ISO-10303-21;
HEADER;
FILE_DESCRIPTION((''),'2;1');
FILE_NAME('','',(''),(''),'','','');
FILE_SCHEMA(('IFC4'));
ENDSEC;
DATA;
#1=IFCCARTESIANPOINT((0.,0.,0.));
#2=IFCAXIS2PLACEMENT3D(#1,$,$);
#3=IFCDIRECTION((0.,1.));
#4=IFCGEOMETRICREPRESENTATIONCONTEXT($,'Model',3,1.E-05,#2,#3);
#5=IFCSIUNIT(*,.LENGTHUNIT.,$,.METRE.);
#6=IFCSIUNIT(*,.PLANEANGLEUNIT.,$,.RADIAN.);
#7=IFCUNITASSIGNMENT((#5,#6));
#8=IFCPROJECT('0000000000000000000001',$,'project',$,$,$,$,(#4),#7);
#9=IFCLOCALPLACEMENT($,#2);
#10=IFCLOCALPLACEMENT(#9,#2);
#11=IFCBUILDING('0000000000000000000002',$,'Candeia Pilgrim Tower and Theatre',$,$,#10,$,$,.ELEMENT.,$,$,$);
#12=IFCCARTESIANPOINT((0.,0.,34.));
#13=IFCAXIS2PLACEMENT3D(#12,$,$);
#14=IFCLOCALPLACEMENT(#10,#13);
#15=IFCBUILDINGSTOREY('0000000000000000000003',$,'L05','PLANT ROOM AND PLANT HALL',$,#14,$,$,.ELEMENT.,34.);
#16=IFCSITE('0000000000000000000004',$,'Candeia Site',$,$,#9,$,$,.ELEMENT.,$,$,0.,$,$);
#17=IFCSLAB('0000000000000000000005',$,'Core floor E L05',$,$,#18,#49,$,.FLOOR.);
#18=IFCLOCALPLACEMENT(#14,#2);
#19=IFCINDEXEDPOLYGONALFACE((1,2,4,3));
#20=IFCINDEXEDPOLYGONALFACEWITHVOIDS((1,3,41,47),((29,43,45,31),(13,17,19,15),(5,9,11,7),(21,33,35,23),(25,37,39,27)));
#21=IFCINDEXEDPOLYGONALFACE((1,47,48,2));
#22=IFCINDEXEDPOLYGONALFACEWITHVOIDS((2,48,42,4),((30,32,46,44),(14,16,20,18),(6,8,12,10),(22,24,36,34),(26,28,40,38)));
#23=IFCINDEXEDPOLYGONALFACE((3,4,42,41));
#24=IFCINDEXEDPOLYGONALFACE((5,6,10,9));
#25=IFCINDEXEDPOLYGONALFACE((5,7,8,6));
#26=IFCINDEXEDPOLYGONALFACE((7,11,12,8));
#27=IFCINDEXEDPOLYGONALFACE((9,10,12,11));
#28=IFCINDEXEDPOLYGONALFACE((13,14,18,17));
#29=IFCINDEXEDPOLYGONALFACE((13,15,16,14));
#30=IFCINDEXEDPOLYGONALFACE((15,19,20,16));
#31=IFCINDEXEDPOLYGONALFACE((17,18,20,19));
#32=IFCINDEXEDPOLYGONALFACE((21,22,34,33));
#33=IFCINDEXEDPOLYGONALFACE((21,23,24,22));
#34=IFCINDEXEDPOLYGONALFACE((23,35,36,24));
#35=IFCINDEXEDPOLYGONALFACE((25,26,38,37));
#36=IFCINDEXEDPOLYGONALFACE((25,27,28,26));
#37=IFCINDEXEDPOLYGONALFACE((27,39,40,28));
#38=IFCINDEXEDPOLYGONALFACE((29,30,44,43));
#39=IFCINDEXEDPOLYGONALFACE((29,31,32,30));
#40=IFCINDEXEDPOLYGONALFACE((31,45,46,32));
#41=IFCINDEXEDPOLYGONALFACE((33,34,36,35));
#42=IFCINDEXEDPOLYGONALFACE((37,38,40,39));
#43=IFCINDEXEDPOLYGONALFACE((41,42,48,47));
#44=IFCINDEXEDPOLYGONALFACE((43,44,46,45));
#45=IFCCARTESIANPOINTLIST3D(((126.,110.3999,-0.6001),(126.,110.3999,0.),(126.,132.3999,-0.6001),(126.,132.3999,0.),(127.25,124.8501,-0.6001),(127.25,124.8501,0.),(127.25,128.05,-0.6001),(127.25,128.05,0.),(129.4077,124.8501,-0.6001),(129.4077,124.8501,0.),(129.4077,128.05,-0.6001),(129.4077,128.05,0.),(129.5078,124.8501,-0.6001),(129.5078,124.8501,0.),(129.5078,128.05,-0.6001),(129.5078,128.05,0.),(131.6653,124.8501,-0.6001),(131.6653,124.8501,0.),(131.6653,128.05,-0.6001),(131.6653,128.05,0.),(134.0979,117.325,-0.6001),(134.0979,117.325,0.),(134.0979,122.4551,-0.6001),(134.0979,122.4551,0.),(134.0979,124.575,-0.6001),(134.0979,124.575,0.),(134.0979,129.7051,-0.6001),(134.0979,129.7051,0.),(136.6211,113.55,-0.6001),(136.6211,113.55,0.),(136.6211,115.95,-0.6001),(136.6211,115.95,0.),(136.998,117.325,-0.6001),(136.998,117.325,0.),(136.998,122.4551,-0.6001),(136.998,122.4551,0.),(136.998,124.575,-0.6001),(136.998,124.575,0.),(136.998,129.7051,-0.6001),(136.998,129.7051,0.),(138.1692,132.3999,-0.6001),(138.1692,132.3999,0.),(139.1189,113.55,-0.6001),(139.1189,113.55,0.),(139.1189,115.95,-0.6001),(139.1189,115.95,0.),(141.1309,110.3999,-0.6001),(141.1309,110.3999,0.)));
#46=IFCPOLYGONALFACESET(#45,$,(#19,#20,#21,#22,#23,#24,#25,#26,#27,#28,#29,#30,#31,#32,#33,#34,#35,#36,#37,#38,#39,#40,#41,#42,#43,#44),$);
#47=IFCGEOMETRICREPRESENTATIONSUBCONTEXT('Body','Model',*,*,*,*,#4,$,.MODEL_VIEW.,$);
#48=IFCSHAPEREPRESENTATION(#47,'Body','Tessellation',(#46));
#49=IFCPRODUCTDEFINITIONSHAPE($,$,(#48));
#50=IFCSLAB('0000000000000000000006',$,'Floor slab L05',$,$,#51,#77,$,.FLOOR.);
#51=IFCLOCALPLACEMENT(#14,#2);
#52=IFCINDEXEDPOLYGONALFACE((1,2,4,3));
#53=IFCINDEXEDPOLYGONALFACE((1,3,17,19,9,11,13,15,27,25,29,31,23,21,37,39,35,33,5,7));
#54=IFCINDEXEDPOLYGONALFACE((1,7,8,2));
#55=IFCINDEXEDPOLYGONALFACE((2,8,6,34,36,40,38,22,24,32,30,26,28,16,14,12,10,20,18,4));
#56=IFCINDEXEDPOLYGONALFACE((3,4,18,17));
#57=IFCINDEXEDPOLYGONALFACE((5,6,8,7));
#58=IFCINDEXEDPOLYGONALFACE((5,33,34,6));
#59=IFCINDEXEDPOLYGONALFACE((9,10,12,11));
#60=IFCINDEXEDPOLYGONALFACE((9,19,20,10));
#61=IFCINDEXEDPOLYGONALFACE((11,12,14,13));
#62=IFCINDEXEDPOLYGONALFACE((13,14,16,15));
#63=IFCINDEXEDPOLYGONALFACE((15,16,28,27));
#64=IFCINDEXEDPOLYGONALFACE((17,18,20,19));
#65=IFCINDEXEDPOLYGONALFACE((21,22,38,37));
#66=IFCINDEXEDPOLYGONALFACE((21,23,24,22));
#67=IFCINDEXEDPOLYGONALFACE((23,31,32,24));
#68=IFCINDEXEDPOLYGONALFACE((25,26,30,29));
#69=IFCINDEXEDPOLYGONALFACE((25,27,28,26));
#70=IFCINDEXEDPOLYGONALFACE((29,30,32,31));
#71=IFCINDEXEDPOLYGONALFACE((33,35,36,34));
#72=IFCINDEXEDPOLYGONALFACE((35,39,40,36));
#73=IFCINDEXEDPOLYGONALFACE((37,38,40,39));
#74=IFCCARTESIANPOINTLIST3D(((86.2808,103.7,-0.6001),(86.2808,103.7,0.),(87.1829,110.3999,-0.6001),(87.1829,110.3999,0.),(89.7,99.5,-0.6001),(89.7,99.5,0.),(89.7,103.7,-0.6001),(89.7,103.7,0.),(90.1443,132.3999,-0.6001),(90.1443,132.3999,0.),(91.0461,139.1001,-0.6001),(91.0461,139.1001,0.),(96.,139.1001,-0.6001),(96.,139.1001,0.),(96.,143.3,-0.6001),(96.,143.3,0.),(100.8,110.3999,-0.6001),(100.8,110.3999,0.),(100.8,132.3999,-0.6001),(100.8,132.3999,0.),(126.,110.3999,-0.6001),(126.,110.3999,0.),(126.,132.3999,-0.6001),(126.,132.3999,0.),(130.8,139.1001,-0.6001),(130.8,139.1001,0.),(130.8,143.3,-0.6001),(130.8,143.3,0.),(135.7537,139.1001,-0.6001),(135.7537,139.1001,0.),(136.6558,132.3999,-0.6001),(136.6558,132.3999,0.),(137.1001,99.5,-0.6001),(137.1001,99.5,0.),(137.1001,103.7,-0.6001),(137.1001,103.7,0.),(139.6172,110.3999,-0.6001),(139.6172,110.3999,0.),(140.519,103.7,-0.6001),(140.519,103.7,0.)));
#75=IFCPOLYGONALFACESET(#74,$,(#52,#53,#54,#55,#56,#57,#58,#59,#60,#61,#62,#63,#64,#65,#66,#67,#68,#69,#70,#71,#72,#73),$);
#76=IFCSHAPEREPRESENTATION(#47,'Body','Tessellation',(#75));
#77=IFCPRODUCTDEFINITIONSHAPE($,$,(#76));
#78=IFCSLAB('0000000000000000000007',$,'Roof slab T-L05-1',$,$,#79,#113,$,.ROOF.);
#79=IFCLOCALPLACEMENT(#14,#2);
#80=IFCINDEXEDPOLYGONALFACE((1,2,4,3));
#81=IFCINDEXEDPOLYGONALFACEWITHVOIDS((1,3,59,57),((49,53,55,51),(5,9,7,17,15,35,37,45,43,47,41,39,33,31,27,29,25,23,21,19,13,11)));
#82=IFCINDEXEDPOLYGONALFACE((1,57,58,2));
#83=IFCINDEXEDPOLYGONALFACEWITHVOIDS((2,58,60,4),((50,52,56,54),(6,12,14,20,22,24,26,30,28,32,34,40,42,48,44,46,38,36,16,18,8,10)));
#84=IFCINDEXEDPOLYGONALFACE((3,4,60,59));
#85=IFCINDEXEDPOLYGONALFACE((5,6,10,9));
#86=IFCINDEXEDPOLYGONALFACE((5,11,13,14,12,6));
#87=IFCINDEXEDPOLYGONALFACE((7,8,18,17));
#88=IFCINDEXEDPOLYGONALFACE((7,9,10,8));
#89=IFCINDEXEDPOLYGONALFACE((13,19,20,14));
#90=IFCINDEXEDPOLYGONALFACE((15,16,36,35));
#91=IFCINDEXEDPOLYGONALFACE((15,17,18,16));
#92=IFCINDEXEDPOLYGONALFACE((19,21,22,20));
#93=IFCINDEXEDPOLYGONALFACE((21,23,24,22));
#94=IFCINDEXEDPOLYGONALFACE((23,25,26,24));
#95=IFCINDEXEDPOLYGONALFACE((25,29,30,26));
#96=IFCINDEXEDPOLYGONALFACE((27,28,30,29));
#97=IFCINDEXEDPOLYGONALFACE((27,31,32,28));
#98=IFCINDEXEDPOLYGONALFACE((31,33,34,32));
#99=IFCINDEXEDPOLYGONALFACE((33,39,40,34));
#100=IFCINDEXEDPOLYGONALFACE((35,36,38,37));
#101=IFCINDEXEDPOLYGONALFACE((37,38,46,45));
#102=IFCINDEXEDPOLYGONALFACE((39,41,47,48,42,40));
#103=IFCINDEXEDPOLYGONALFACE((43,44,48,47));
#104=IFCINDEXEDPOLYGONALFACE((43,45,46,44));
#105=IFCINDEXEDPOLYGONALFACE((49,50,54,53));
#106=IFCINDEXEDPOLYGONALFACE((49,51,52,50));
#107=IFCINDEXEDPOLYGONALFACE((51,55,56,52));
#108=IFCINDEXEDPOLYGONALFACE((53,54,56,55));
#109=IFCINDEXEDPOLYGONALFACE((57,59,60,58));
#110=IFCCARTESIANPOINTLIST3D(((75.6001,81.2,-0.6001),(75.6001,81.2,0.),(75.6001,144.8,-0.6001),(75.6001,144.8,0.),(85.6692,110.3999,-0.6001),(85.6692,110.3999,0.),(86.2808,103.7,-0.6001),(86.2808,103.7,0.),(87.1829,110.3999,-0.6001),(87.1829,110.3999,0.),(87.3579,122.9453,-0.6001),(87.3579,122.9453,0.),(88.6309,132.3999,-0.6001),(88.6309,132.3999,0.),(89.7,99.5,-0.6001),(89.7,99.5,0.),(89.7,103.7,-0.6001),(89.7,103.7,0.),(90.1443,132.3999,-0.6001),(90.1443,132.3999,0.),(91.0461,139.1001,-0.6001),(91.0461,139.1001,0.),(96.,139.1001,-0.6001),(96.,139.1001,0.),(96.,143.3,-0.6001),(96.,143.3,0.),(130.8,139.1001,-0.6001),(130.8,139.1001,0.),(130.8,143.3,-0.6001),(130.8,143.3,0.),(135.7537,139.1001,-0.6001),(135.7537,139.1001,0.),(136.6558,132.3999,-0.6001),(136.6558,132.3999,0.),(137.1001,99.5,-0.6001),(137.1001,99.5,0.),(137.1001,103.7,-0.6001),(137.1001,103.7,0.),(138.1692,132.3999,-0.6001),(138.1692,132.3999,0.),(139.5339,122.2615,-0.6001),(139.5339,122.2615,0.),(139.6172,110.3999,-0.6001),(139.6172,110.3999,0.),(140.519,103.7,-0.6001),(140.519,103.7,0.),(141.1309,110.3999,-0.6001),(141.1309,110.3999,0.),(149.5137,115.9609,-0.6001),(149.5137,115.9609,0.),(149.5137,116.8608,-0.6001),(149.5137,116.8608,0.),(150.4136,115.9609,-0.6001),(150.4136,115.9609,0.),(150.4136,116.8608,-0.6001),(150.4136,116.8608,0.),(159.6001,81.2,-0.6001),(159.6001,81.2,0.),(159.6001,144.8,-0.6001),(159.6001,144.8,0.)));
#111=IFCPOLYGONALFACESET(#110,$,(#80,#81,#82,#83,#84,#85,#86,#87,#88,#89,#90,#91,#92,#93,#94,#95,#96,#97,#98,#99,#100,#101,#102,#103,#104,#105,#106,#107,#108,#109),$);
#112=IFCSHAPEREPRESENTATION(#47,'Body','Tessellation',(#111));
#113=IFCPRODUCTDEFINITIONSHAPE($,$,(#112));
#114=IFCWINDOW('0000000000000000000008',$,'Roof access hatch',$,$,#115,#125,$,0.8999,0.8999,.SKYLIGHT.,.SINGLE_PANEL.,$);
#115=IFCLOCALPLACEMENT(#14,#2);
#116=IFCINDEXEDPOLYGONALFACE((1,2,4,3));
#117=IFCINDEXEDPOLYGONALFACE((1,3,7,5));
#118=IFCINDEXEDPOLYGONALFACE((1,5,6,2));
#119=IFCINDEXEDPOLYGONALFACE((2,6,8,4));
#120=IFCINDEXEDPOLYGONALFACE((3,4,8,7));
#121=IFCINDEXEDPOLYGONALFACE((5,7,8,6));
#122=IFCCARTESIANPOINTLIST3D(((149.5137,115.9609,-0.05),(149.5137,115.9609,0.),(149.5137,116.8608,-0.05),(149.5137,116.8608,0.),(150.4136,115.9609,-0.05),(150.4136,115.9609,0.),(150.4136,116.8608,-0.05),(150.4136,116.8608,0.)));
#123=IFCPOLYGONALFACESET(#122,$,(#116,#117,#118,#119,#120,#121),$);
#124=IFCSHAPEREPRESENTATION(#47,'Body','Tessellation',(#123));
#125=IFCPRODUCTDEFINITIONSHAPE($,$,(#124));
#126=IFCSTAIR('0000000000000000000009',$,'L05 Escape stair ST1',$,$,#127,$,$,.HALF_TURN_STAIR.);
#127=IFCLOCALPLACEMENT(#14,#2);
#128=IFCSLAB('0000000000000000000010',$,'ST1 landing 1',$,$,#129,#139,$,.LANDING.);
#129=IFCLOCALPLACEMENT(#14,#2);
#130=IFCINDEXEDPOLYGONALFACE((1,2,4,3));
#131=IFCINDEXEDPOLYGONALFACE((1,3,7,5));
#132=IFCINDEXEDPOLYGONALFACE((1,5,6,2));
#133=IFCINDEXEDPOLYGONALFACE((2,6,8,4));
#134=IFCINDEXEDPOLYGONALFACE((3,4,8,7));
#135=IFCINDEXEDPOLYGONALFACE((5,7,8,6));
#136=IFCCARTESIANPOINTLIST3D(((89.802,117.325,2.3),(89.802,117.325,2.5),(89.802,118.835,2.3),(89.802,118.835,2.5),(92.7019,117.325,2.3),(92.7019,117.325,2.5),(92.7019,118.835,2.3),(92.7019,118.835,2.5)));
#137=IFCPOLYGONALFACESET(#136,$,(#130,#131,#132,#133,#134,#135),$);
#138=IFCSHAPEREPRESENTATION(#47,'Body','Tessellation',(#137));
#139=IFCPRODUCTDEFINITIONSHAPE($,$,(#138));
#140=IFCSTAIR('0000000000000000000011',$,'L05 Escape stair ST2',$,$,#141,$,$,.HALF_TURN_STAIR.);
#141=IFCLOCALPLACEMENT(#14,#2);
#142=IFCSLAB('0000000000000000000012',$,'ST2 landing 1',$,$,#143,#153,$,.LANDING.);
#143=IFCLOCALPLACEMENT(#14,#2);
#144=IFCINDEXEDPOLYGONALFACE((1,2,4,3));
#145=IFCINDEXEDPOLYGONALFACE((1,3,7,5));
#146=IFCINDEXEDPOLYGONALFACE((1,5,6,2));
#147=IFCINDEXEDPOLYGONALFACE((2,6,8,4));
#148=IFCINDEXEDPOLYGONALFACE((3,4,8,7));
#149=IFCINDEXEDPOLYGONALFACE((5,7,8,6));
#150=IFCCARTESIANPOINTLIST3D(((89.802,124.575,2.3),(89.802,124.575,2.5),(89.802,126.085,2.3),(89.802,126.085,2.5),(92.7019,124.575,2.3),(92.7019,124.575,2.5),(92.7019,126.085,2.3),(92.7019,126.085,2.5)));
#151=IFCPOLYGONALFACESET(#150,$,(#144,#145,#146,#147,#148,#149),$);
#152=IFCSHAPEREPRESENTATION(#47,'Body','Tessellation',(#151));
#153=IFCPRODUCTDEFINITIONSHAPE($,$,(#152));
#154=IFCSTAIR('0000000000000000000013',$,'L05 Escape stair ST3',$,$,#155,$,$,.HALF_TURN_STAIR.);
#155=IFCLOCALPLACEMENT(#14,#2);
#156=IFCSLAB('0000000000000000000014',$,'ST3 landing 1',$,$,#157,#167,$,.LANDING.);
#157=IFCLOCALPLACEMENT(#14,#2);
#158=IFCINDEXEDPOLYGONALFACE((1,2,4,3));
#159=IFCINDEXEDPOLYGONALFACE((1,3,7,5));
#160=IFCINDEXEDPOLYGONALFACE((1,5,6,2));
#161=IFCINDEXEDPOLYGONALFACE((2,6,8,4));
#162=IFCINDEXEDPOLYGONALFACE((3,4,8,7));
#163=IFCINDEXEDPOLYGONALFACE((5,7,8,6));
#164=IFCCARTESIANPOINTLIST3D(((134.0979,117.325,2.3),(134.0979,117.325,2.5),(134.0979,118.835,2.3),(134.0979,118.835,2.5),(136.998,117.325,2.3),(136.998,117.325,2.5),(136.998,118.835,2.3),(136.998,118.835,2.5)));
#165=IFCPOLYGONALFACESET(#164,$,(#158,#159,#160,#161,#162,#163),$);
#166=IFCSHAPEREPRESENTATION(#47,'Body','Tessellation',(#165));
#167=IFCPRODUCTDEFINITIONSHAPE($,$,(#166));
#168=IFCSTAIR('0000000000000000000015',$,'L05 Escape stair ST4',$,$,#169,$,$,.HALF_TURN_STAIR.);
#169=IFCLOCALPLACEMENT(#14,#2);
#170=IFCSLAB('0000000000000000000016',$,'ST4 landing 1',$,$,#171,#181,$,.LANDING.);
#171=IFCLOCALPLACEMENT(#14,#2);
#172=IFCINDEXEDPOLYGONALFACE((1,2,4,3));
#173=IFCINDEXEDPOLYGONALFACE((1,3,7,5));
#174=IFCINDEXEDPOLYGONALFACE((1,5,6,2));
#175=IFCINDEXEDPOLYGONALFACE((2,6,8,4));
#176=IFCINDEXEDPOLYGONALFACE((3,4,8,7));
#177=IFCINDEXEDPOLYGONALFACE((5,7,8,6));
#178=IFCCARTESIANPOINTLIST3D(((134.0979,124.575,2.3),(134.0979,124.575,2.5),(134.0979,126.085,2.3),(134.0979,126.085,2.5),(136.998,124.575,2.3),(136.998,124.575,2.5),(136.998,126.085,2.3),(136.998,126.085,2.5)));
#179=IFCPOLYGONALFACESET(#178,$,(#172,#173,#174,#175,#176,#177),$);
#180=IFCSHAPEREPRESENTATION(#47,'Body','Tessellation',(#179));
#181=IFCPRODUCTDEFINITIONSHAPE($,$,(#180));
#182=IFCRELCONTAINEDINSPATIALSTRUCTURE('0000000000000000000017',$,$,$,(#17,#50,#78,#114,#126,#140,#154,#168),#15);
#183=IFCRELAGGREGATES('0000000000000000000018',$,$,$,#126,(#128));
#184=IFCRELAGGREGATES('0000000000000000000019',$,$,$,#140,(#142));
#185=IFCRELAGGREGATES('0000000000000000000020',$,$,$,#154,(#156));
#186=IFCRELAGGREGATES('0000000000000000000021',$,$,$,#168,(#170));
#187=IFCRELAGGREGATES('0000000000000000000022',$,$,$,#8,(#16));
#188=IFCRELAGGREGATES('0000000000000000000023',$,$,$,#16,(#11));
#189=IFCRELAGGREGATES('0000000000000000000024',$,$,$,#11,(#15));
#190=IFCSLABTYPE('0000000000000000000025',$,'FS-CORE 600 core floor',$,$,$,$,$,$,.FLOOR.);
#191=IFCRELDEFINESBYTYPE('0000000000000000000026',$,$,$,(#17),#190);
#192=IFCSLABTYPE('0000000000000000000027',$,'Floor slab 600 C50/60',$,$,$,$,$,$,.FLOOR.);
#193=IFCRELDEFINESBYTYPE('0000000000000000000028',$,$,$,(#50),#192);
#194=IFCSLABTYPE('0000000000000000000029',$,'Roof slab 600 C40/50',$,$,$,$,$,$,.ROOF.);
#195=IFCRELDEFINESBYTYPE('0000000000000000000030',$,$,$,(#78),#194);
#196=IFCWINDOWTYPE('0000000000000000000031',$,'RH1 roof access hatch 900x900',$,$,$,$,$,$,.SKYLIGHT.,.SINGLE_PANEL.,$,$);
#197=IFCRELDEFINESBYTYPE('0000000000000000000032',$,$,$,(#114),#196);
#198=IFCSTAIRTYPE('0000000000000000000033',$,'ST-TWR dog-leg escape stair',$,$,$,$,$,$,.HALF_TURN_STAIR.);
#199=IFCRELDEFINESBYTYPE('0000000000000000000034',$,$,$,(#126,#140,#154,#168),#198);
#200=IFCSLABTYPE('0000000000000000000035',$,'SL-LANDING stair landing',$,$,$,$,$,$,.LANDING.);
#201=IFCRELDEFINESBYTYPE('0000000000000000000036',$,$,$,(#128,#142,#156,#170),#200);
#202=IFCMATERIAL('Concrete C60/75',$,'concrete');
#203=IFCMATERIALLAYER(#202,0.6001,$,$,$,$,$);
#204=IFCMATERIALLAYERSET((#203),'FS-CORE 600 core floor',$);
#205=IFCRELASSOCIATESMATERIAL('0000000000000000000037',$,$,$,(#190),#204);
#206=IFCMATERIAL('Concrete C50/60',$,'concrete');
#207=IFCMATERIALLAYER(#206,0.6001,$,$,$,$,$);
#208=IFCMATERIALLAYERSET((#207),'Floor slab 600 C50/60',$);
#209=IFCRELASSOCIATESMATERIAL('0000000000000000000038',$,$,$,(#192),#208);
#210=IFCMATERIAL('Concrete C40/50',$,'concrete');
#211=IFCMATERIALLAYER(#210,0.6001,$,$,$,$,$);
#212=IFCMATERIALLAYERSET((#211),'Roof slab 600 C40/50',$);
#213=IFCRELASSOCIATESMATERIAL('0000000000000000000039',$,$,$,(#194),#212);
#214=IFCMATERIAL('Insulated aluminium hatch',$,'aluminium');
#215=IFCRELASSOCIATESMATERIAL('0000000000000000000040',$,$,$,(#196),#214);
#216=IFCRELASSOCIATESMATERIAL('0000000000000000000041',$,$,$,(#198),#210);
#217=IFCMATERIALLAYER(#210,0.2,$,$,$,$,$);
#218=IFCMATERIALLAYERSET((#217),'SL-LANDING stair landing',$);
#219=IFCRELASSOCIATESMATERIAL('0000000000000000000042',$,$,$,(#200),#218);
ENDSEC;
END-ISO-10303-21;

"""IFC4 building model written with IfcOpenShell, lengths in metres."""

from ifc_helpers import new_model, si_unit, direction, frame, origin, origin_2d, place, context, subcontext, project, spatial, polyline, rectangle, outline, extrude, material, layer, layer_set, type_object, element, fill, aggregate, save


model = new_model("IFC4")

# Units and contexts
model_context = context("Model", 3, precision=1e-05, world=origin(), true_north=direction((0.0, 1.0)))
body_context = subcontext(model_context, "Body", "Model", "MODEL_VIEW")
ifc_project = project(units=[si_unit("LENGTHUNIT", "METRE"), si_unit("PLANEANGLEUNIT", "RADIAN")], contexts=[model_context])

# Site, building, storey
site_placement = place(None, origin())
site = spatial("IfcSite", under=ifc_project, at=site_placement, Name="Candeia Site", CompositionType="ELEMENT", RefElevation=0.0)
building_placement = place(site_placement, origin())
building = spatial("IfcBuilding", under=site, at=building_placement, Name="Candeia Pilgrim Tower and Theatre", CompositionType="ELEMENT")
storey_placement = place(building_placement, frame((0.0, 0.0, 34.0)))
storey = spatial("IfcBuildingStorey", under=building, at=storey_placement, Name="L05", Description="PLANT ROOM AND PLANT HALL", CompositionType="ELEMENT", Elevation=34.0)

# Slabs
ifc_material_1 = material(Name="Concrete C60/75", Category="concrete")
ifc_layer_1 = layer(ifc_material_1, 0.6001)
ifc_layer_set_1 = layer_set([ifc_layer_1], Name="FS-CORE 600 core floor")
slab_type_1 = type_object("IfcSlabType", Name="FS-CORE 600 core floor", PredefinedType="FLOOR", material=ifc_layer_set_1)
slab_1_placement = place(storey_placement, frame((0.0, 0.0, -0.6001)))
element("IfcSlab", 1, at=slab_1_placement, inside=storey, type_object=slab_type_1, Name="Core floor E L05", PredefinedType="FLOOR", context=body_context, shape_type="SweptSolid", body=[
    extrude(outline(polyline([(138.1692, 132.3999), (141.1309, 110.3999), (126.0, 110.3999), (126.0, 132.3999), (138.1692, 132.3999)]), holes=[polyline([(136.6211, 115.95), (136.6211, 113.55), (139.1189, 113.55), (139.1189, 115.95), (136.6211, 115.95)]), polyline([(134.0979, 117.325), (136.998, 117.325), (136.998, 122.4551), (134.0979, 122.4551), (134.0979, 117.325)]), polyline([(134.0979, 129.7051), (134.0979, 124.575), (136.998, 124.575), (136.998, 129.7051), (134.0979, 129.7051)]), polyline([(131.6653, 128.05), (129.5078, 128.05), (129.5078, 124.8501), (131.6653, 124.8501), (131.6653, 128.05)]), polyline([(127.25, 128.05), (127.25, 124.8501), (129.4077, 124.8501), (129.4077, 128.05), (127.25, 128.05)])]), origin(), (0.0, 0.0, 1.0), 0.6001),
])
ifc_material_2 = material(Name="Concrete C50/60", Category="concrete")
ifc_layer_2 = layer(ifc_material_2, 0.6001)
ifc_layer_set_2 = layer_set([ifc_layer_2], Name="Floor slab 600 C50/60")
slab_type_2 = type_object("IfcSlabType", Name="Floor slab 600 C50/60", PredefinedType="FLOOR", material=ifc_layer_set_2)
slab_2_placement = place(storey_placement, frame((0.0, 0.0, -0.6001)))
element("IfcSlab", 2, at=slab_2_placement, inside=storey, type_object=slab_type_2, Name="Floor slab L05", PredefinedType="FLOOR", context=body_context, shape_type="SweptSolid", body=[
    extrude(outline(polyline([(96.0, 139.1001), (96.0, 143.3), (130.8, 143.3), (130.8, 139.1001), (135.7537, 139.1001), (136.6558, 132.3999), (126.0, 132.3999), (126.0, 110.3999), (139.6172, 110.3999), (140.519, 103.7), (137.1001, 103.7), (137.1001, 99.5), (89.7, 99.5), (89.7, 103.7), (86.2808, 103.7), (87.1829, 110.3999), (100.8, 110.3999), (100.8, 132.3999), (90.1443, 132.3999), (91.0461, 139.1001), (96.0, 139.1001)])), origin(), (0.0, 0.0, 1.0), 0.6001),
])

# Slab, opening, window
ifc_material_3 = material(Name="Concrete C40/50", Category="concrete")
ifc_layer_3 = layer(ifc_material_3, 0.6001)
ifc_layer_set_3 = layer_set([ifc_layer_3], Name="Roof slab 600 C40/50")
slab_type_3 = type_object("IfcSlabType", Name="Roof slab 600 C40/50", PredefinedType="ROOF", material=ifc_layer_set_3)
slab_3_placement = place(storey_placement, frame((0.0, 0.0, -0.6001)))
slab_3 = element("IfcSlab", 3, at=slab_3_placement, inside=storey, type_object=slab_type_3, Name="Roof slab T-L05-1", PredefinedType="ROOF", context=body_context, shape_type="SweptSolid", body=[
    extrude(outline(polyline([(75.6001, 81.2), (75.6001, 144.8), (159.6001, 144.8), (159.6001, 81.2), (75.6001, 81.2)]), holes=[polyline([(90.1443, 132.3999), (88.6309, 132.3999), (87.3579, 122.9453), (85.6692, 110.3999), (87.1829, 110.3999), (86.2808, 103.7), (89.7, 103.7), (89.7, 99.5), (137.1001, 99.5), (137.1001, 103.7), (140.519, 103.7), (139.6172, 110.3999), (141.1309, 110.3999), (139.5339, 122.2615), (138.1692, 132.3999), (136.6558, 132.3999), (135.7537, 139.1001), (130.8, 139.1001), (130.8, 143.3), (96.0, 143.3), (96.0, 139.1001), (91.0461, 139.1001), (90.1443, 132.3999)])]), origin(), (0.0, 0.0, 1.0), 0.6001),
])
opening_placement = place(slab_3_placement, frame((149.9636, 116.4109, 0.0)))
opening = element("IfcOpeningElement", 4, at=opening_placement, cuts=slab_3, PredefinedType="OPENING", context=body_context, shape_type="SweptSolid", body=[
    extrude(rectangle(XDim=0.8999, YDim=0.8999, at=origin_2d()), origin(), (0.0, 0.0, 1.0), 0.6001),
])
ifc_material_4 = material(Name="Insulated aluminium hatch", Category="aluminium")
window_type = type_object("IfcWindowType", Name="RH1 roof access hatch 900x900", PartitioningType="SINGLE_PANEL", PredefinedType="SKYLIGHT", material=ifc_material_4)
window_placement = place(opening_placement, frame((0.0, 0.0, 0.55)))
window = element("IfcWindow", 5, at=window_placement, inside=storey, type_object=window_type, Name="Roof access hatch", OverallHeight=0.8999, OverallWidth=0.8999, PartitioningType="SINGLE_PANEL", PredefinedType="SKYLIGHT", context=body_context, shape_type="SweptSolid", body=[
    extrude(rectangle(XDim=0.8999, YDim=0.8999, at=origin_2d()), origin(), (0.0, 0.0, 1.0), 0.05),
])
fill(opening, window)

# Stairs, slabs
stair_type = type_object("IfcStairType", Name="ST-TWR dog-leg escape stair", PredefinedType="HALF_TURN_STAIR", material=ifc_material_3)
stair_1_placement = place(storey_placement, origin())
stair_1 = element("IfcStair", 6, at=stair_1_placement, inside=storey, type_object=stair_type, Name="L05 Escape stair ST1", PredefinedType="HALF_TURN_STAIR")
ifc_layer_4 = layer(ifc_material_3, 0.2)
ifc_layer_set_4 = layer_set([ifc_layer_4], Name="SL-LANDING stair landing")
slab_type_4 = type_object("IfcSlabType", Name="SL-LANDING stair landing", PredefinedType="LANDING", material=ifc_layer_set_4)
slab_4_placement = place(storey_placement, frame((0.0, 0.0, 2.3)))
slab_4 = element("IfcSlab", 7, at=slab_4_placement, type_object=slab_type_4, Name="ST1 landing 1", PredefinedType="LANDING", context=body_context, shape_type="SweptSolid", body=[
    extrude(outline(polyline([(89.802, 118.835), (89.802, 117.325), (92.7019, 117.325), (92.7019, 118.835), (89.802, 118.835)])), origin(), (0.0, 0.0, 1.0), 0.2),
])
aggregate(stair_1, [slab_4])
stair_2_placement = place(storey_placement, origin())
stair_2 = element("IfcStair", 8, at=stair_2_placement, inside=storey, type_object=stair_type, Name="L05 Escape stair ST2", PredefinedType="HALF_TURN_STAIR")
slab_5_placement = place(storey_placement, frame((0.0, 0.0, 2.3)))
slab_5 = element("IfcSlab", 9, at=slab_5_placement, type_object=slab_type_4, Name="ST2 landing 1", PredefinedType="LANDING", context=body_context, shape_type="SweptSolid", body=[
    extrude(outline(polyline([(89.802, 126.085), (89.802, 124.575), (92.7019, 124.575), (92.7019, 126.085), (89.802, 126.085)])), origin(), (0.0, 0.0, 1.0), 0.2),
])
aggregate(stair_2, [slab_5])
stair_3_placement = place(storey_placement, origin())
stair_3 = element("IfcStair", 10, at=stair_3_placement, inside=storey, type_object=stair_type, Name="L05 Escape stair ST3", PredefinedType="HALF_TURN_STAIR")
slab_6_placement = place(storey_placement, frame((0.0, 0.0, 2.3)))
slab_6 = element("IfcSlab", 11, at=slab_6_placement, type_object=slab_type_4, Name="ST3 landing 1", PredefinedType="LANDING", context=body_context, shape_type="SweptSolid", body=[
    extrude(outline(polyline([(134.0979, 118.835), (134.0979, 117.325), (136.998, 117.325), (136.998, 118.835), (134.0979, 118.835)])), origin(), (0.0, 0.0, 1.0), 0.2),
])
aggregate(stair_3, [slab_6])
stair_4_placement = place(storey_placement, origin())
stair_4 = element("IfcStair", 12, at=stair_4_placement, inside=storey, type_object=stair_type, Name="L05 Escape stair ST4", PredefinedType="HALF_TURN_STAIR")
slab_7_placement = place(storey_placement, frame((0.0, 0.0, 2.3)))
slab_7 = element("IfcSlab", 13, at=slab_7_placement, type_object=slab_type_4, Name="ST4 landing 1", PredefinedType="LANDING", context=body_context, shape_type="SweptSolid", body=[
    extrude(outline(polyline([(134.0979, 126.085), (134.0979, 124.575), (136.998, 124.575), (136.998, 126.085), (134.0979, 126.085)])), origin(), (0.0, 0.0, 1.0), 0.2),
])
aggregate(stair_4, [slab_7])

save(model, "model.ifc")
